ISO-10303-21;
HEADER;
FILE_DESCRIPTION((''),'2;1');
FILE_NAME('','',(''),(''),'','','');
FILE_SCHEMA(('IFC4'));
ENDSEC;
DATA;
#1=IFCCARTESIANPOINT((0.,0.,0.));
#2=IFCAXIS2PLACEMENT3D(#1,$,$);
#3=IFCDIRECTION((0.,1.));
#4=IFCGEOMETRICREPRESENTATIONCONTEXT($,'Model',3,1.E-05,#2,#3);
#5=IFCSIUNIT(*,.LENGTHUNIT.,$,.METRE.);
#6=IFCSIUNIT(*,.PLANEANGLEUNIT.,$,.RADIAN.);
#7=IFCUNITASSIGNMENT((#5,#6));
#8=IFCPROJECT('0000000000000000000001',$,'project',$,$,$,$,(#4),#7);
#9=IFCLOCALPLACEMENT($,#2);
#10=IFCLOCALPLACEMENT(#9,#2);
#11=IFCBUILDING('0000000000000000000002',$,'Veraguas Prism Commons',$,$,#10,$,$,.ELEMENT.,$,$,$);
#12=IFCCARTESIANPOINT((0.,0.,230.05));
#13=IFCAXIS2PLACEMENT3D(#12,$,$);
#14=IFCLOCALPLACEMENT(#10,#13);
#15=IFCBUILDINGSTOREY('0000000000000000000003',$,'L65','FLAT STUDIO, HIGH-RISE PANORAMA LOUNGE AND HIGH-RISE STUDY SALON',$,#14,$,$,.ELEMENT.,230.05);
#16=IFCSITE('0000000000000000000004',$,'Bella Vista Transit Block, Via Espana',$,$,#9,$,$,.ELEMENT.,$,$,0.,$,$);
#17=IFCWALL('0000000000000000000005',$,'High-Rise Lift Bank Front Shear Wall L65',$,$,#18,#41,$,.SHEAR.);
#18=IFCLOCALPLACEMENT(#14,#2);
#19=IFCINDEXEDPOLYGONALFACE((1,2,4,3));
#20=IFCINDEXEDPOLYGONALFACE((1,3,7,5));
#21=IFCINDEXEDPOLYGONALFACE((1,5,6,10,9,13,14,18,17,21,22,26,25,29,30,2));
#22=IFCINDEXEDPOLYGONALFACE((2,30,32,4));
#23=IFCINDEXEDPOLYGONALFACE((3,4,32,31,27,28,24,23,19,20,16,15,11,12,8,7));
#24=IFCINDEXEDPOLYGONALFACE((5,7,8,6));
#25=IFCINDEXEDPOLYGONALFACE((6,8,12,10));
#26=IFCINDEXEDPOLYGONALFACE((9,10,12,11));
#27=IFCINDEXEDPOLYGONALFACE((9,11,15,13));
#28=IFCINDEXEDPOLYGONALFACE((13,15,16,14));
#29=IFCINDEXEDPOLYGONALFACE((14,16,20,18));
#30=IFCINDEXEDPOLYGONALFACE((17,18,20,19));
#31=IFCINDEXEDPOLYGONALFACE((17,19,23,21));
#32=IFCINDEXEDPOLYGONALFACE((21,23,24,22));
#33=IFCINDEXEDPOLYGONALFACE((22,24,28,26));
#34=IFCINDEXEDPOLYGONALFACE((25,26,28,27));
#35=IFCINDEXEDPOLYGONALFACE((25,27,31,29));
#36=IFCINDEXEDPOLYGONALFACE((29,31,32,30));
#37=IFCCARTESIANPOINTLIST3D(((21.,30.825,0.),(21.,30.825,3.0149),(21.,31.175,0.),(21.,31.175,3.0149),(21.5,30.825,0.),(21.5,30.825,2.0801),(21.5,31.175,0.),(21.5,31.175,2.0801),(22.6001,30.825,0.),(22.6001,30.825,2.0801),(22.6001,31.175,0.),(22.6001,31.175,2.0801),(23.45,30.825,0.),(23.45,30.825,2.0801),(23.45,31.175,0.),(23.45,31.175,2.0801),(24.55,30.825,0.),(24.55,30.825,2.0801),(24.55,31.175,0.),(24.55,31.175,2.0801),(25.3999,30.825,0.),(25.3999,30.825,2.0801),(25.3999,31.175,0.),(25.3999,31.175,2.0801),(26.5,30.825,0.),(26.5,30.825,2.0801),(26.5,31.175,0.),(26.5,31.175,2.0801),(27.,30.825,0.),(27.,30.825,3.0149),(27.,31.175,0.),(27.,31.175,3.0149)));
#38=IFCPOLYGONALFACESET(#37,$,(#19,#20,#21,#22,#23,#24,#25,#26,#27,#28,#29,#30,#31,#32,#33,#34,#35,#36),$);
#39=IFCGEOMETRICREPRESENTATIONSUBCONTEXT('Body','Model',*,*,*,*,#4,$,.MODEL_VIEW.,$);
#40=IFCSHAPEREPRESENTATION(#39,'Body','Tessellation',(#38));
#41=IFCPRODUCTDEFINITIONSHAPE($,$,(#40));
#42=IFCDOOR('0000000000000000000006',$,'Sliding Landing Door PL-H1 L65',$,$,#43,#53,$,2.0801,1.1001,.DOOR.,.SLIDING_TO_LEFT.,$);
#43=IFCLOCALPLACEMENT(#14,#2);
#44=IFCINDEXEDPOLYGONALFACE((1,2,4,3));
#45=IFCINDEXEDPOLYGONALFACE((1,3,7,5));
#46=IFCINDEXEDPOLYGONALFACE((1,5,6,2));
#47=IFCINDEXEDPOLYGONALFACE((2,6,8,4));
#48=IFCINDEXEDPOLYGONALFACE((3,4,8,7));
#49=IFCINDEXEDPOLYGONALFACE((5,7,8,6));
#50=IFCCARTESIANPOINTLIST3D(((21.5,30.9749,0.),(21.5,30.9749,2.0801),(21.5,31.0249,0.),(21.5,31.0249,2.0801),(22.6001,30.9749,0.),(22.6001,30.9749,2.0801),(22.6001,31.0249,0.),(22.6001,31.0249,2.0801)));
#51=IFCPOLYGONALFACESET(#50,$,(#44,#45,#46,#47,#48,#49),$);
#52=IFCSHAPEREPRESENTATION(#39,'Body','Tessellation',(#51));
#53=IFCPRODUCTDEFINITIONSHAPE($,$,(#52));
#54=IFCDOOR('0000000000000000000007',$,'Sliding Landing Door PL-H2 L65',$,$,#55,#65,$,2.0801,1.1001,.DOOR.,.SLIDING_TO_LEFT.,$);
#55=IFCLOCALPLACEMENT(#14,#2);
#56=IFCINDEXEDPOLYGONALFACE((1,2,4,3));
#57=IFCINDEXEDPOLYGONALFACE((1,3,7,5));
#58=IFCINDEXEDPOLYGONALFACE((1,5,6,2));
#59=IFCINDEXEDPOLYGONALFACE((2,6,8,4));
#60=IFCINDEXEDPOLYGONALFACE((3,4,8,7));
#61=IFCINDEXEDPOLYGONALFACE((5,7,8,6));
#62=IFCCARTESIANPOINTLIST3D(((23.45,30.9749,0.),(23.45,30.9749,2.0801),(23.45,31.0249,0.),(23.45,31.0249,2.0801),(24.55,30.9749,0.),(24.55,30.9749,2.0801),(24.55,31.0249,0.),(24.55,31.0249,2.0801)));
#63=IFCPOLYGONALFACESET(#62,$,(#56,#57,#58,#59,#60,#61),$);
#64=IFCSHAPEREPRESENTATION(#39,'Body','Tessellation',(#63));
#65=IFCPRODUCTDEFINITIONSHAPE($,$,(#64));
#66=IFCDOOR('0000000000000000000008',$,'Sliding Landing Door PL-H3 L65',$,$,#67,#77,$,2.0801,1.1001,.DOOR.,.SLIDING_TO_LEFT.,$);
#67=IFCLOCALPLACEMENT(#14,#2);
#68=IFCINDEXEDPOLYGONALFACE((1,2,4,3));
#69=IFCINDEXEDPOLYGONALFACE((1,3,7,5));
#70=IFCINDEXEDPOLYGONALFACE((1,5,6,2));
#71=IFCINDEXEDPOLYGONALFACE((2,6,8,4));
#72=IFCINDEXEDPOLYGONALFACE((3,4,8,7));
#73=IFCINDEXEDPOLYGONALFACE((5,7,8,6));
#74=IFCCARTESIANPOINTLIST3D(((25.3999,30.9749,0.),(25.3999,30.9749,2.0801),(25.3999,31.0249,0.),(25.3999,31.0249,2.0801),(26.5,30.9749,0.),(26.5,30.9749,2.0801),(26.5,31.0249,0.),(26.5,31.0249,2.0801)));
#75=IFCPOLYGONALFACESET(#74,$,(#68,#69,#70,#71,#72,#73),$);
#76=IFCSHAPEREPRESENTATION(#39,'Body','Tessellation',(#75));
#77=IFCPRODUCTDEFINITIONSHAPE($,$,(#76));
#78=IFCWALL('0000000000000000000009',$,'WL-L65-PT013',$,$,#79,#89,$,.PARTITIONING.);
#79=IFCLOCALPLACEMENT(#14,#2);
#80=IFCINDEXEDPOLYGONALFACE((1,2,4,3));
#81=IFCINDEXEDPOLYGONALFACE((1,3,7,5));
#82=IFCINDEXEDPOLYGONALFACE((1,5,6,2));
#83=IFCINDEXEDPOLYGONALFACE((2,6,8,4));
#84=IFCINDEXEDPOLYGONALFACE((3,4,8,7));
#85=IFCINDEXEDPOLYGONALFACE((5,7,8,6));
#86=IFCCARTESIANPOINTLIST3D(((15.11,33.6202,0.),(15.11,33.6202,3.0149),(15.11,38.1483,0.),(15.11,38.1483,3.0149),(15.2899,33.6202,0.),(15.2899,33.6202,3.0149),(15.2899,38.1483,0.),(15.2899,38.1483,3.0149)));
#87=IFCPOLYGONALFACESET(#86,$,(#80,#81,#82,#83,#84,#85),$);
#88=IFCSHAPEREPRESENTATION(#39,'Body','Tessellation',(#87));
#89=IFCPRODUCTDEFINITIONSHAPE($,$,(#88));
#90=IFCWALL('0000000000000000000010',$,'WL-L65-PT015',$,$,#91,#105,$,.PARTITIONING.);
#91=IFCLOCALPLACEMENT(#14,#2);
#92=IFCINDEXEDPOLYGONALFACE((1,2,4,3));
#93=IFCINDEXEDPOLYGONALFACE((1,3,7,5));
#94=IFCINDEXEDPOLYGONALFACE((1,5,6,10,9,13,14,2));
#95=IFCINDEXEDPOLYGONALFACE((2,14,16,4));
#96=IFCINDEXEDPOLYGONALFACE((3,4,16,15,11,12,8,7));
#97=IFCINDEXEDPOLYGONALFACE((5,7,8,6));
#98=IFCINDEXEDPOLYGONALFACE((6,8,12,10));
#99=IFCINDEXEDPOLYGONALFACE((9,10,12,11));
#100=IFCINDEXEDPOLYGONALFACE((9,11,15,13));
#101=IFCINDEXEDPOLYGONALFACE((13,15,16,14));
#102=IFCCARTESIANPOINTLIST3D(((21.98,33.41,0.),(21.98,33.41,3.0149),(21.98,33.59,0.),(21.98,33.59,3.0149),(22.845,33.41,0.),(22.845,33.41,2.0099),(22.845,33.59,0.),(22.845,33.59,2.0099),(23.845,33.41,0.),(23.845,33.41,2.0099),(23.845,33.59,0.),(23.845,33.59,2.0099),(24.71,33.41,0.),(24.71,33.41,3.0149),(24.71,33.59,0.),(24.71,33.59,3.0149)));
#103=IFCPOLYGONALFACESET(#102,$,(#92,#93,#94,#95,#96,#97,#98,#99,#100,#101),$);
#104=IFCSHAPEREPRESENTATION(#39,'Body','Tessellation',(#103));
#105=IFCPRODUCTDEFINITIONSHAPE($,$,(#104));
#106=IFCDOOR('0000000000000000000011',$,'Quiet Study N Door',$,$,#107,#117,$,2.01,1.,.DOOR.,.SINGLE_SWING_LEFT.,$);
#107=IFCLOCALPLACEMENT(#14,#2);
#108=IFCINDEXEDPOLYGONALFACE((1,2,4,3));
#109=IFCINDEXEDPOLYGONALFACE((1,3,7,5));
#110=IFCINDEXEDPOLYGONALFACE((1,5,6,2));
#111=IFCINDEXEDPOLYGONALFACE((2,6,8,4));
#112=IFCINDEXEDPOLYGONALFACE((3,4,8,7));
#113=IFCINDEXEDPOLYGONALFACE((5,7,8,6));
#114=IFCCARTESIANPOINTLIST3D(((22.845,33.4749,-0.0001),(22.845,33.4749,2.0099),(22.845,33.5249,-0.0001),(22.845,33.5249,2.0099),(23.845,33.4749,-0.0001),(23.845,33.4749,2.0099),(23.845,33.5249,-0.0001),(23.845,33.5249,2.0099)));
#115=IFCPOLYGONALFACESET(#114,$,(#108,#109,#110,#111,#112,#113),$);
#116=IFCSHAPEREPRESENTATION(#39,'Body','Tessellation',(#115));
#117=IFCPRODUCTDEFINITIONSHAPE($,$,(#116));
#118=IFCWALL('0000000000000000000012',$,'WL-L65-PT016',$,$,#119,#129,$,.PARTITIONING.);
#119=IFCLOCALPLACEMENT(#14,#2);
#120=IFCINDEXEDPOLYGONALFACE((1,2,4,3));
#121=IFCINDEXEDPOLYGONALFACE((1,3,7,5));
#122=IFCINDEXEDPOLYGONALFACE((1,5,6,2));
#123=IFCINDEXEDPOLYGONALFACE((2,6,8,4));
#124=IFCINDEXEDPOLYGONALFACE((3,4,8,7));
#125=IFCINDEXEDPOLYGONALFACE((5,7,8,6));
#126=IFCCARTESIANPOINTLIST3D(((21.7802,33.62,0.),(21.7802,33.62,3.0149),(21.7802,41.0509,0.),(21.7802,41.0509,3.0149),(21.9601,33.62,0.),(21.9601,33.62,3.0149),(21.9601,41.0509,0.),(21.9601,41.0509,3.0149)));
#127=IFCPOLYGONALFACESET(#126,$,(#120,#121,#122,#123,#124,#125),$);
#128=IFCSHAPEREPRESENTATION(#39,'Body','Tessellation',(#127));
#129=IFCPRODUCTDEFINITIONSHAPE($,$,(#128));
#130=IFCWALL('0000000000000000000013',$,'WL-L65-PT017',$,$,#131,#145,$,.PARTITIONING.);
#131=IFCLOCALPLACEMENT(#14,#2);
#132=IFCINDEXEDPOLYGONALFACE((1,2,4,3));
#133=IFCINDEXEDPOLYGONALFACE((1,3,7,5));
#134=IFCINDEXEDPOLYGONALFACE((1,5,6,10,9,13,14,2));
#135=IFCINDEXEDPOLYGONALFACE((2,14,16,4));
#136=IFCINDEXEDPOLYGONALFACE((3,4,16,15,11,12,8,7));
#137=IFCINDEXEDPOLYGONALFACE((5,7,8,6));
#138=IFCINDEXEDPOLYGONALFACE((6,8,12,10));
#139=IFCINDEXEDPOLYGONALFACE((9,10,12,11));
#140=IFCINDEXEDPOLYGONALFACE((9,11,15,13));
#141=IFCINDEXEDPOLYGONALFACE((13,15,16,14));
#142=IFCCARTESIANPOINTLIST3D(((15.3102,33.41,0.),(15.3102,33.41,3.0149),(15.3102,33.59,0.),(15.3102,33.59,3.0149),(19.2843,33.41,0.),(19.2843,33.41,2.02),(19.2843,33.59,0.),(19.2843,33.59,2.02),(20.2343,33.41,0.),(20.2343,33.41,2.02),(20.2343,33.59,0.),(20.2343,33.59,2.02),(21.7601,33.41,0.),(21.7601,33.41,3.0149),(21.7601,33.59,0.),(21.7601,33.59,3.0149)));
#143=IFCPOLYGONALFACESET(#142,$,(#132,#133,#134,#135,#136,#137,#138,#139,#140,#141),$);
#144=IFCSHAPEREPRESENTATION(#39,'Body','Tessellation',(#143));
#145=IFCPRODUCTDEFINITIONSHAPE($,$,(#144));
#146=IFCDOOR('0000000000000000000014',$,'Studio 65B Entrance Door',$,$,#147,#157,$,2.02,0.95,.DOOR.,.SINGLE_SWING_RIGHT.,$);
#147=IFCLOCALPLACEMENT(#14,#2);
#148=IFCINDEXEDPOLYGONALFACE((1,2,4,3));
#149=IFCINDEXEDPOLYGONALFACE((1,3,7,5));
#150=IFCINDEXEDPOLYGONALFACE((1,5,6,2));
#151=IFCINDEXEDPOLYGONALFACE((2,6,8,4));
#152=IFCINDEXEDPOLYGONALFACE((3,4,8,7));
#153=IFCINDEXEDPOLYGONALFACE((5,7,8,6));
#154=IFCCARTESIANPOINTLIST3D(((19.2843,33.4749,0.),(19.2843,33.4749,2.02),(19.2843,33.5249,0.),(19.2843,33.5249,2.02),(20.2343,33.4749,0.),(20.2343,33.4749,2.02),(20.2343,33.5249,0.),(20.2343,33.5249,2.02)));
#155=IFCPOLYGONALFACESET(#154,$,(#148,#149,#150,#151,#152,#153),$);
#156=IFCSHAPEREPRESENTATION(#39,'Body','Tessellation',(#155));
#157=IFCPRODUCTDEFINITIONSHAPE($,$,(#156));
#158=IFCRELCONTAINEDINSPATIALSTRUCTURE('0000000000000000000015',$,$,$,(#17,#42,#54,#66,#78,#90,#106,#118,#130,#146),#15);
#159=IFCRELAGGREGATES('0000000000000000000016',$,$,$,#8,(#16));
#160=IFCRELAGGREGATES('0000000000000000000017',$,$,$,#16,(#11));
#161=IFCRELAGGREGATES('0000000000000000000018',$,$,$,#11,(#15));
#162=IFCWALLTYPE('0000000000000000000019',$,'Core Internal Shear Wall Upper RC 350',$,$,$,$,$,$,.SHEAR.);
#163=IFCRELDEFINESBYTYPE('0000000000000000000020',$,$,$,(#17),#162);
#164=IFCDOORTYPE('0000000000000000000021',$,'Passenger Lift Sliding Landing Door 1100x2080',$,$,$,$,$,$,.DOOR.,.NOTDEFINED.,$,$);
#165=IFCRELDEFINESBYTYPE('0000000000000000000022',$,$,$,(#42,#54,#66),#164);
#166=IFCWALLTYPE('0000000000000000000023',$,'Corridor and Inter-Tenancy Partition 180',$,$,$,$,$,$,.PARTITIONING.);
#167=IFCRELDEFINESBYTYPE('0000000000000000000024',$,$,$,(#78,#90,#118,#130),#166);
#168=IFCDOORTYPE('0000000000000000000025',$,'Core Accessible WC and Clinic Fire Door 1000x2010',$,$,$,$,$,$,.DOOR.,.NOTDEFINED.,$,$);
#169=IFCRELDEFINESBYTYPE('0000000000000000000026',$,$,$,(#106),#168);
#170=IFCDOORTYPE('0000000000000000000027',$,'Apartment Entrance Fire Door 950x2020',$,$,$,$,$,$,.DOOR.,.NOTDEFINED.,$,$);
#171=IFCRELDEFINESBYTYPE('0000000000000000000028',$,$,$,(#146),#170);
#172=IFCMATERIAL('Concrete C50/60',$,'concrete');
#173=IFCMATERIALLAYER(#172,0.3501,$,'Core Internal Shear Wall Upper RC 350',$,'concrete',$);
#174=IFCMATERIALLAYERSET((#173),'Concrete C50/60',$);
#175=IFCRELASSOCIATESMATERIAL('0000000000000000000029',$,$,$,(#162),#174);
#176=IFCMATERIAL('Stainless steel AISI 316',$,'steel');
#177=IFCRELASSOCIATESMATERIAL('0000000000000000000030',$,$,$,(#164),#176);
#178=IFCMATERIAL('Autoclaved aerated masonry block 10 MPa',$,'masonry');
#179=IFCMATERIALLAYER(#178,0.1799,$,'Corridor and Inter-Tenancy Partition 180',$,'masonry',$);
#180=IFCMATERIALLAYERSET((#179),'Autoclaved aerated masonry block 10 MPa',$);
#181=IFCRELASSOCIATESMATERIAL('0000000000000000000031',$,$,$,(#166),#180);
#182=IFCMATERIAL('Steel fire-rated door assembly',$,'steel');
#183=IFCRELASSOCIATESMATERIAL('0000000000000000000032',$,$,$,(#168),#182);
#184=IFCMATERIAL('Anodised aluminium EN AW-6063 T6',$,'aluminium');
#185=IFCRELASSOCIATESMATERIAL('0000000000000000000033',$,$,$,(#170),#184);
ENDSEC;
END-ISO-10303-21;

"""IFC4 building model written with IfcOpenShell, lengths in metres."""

from ifc_helpers import new_model, si_unit, direction, frame, frame_2d, origin, place, context, subcontext, project, spatial, rectangle, extrude, source, transform, mapped, material, layer, layer_set, type_object, element, fill, save


model = new_model("IFC4")

# Units and contexts
model_context = context("Model", 3, precision=1e-05, world=origin(), true_north=direction((0.0, 1.0)))
body_context = subcontext(model_context, "Body", "Model", "MODEL_VIEW")
ifc_project = project(units=[si_unit("LENGTHUNIT", "METRE"), si_unit("PLANEANGLEUNIT", "RADIAN")], contexts=[model_context])

# Site, building, storey
site_placement = place(None, origin())
site = spatial("IfcSite", under=ifc_project, at=site_placement, Name="Bella Vista Transit Block, Via Espana", CompositionType="ELEMENT", RefElevation=0.0)
building_placement = place(site_placement, origin())
building = spatial("IfcBuilding", under=site, at=building_placement, Name="Veraguas Prism Commons", CompositionType="ELEMENT")
storey_placement = place(building_placement, frame((0.0, 0.0, 230.05)))
storey = spatial("IfcBuildingStorey", under=building, at=storey_placement, Name="L65", Description="FLAT STUDIO, HIGH-RISE PANORAMA LOUNGE AND HIGH-RISE STUDY SALON", CompositionType="ELEMENT", Elevation=230.05)

# Shared definitions
ifc_material_1 = material(Name="Concrete C50/60", Category="concrete")

# Shared definitions
ifc_material_2 = material(Name="Anodised aluminium EN AW-6063 T6", Category="aluminium")

# Wall, openings, doors
ifc_layer_1 = layer(ifc_material_1, 0.3501, Name="Core Internal Shear Wall Upper RC 350", Category="concrete")
ifc_layer_set_1 = layer_set([ifc_layer_1], Name="Concrete C50/60")
wall_type_1 = type_object("IfcWallType", Name="Core Internal Shear Wall Upper RC 350", PredefinedType="SHEAR", material=ifc_layer_set_1)
wall_1_placement = place(storey_placement, frame((21.0, 31.0, 0.0), z_axis=(0.0, 0.0, 1.0), x_axis=(1.0, 0.0, 0.0)))
wall_1 = element("IfcWall", 1, at=wall_1_placement, inside=storey, type_object=wall_type_1, Name="High-Rise Lift Bank Front Shear Wall L65", PredefinedType="SHEAR", context=body_context, shape_type="SweptSolid", body=[
    extrude(rectangle(XDim=6.0, YDim=0.3501, at=frame_2d((3.0, 0.0))), origin(), (0.0, 0.0, 1.0), 3.0149),
])
opening_1_placement = place(wall_1_placement, frame((0.5, 0.0, 0.0)))
opening_1 = element("IfcOpeningElement", 2, at=opening_1_placement, cuts=wall_1, PredefinedType="OPENING", context=body_context, shape_type="SweptSolid", body=[
    extrude(rectangle(XDim=1.1001, YDim=2.0801, at=frame_2d((0.55, 1.04))), frame((0.0, 0.1851, 0.0), z_axis=(0.0, -1.0, 0.0), x_axis=(1.0, 0.0, 0.0)), (0.0, 0.0, 1.0), 0.3701),
])
opening_2_placement = place(wall_1_placement, frame((2.45, 0.0, 0.0)))
opening_2 = element("IfcOpeningElement", 3, at=opening_2_placement, cuts=wall_1, PredefinedType="OPENING", context=body_context, shape_type="SweptSolid", body=[
    extrude(rectangle(XDim=1.1001, YDim=2.0801, at=frame_2d((0.55, 1.04))), frame((0.0, 0.1851, 0.0), z_axis=(0.0, -1.0, 0.0), x_axis=(1.0, 0.0, 0.0)), (0.0, 0.0, 1.0), 0.3701),
])
opening_3_placement = place(wall_1_placement, frame((4.3999, 0.0, 0.0)))
opening_3 = element("IfcOpeningElement", 4, at=opening_3_placement, cuts=wall_1, PredefinedType="OPENING", context=body_context, shape_type="SweptSolid", body=[
    extrude(rectangle(XDim=1.1001, YDim=2.0801, at=frame_2d((0.55, 1.04))), frame((0.0, 0.1851, 0.0), z_axis=(0.0, -1.0, 0.0), x_axis=(1.0, 0.0, 0.0)), (0.0, 0.0, 1.0), 0.3701),
])
ifc_material_3 = material(Name="Stainless steel AISI 316", Category="steel")
door_type_1 = type_object("IfcDoorType", Name="Passenger Lift Sliding Landing Door 1100x2080", OperationType="NOTDEFINED", PredefinedType="DOOR", material=ifc_material_3)
shared_shape_1 = source(origin(), body_context, "Body", "SweptSolid", [
    extrude(rectangle(XDim=1.1001, YDim=2.0801, at=frame_2d((0.55, 1.04))), frame((0.0, 0.0249, 0.0), z_axis=(0.0, -1.0, 0.0), x_axis=(1.0, 0.0, 0.0)), (0.0, 0.0, 1.0), 0.05),
])
door_1_placement = place(opening_1_placement, origin())
door_1 = element("IfcDoor", 5, at=door_1_placement, inside=storey, type_object=door_type_1, Name="Sliding Landing Door PL-H1 L65", OperationType="SLIDING_TO_LEFT", OverallHeight=2.0801, OverallWidth=1.1001, PredefinedType="DOOR", context=body_context, shape_type="MappedRepresentation", body=[
    mapped(shared_shape_1, transform((0.0, 0.0, 0.0), scale=1.0)),
])
fill(opening_1, door_1)
door_2_placement = place(opening_2_placement, origin())
door_2 = element("IfcDoor", 6, at=door_2_placement, inside=storey, type_object=door_type_1, Name="Sliding Landing Door PL-H2 L65", OperationType="SLIDING_TO_LEFT", OverallHeight=2.0801, OverallWidth=1.1001, PredefinedType="DOOR", context=body_context, shape_type="MappedRepresentation", body=[
    mapped(shared_shape_1, transform((0.0, 0.0, 0.0), scale=1.0)),
])
fill(opening_2, door_2)
door_3_placement = place(opening_3_placement, origin())
door_3 = element("IfcDoor", 7, at=door_3_placement, inside=storey, type_object=door_type_1, Name="Sliding Landing Door PL-H3 L65", OperationType="SLIDING_TO_LEFT", OverallHeight=2.0801, OverallWidth=1.1001, PredefinedType="DOOR", context=body_context, shape_type="MappedRepresentation", body=[
    mapped(shared_shape_1, transform((0.0, 0.0, 0.0), scale=1.0)),
])
fill(opening_3, door_3)

# Wall
ifc_material_4 = material(Name="Autoclaved aerated masonry block 10 MPa", Category="masonry")
ifc_layer_2 = layer(ifc_material_4, 0.1799, Name="Corridor and Inter-Tenancy Partition 180", Category="masonry")
ifc_layer_set_2 = layer_set([ifc_layer_2], Name="Autoclaved aerated masonry block 10 MPa")
wall_type_2 = type_object("IfcWallType", Name="Corridor and Inter-Tenancy Partition 180", PredefinedType="PARTITIONING", material=ifc_layer_set_2)
wall_2_placement = place(storey_placement, frame((15.2, 33.6201, 0.0), z_axis=(0.0, 0.0, 1.0), x_axis=(0.0, 1.0, 0.0)))
element("IfcWall", 8, at=wall_2_placement, inside=storey, type_object=wall_type_2, Name="WL-L65-PT013", PredefinedType="PARTITIONING", context=body_context, shape_type="SweptSolid", body=[
    extrude(rectangle(XDim=4.5281, YDim=0.1799, at=frame_2d((2.2642, 0.0))), origin(), (0.0, 0.0, 1.0), 3.0149),
])

# Wall, opening, door
wall_3_placement = place(storey_placement, frame((21.98, 33.5, 0.0), z_axis=(0.0, 0.0, 1.0), x_axis=(1.0, 0.0, 0.0)))
wall_3 = element("IfcWall", 9, at=wall_3_placement, inside=storey, type_object=wall_type_2, Name="WL-L65-PT015", PredefinedType="PARTITIONING", context=body_context, shape_type="SweptSolid", body=[
    extrude(rectangle(XDim=2.73, YDim=0.1799, at=frame_2d((1.365, 0.0))), origin(), (0.0, 0.0, 1.0), 3.0149),
])
opening_4_placement = place(wall_3_placement, frame((0.865, 0.0, 0.0)))
opening_4 = element("IfcOpeningElement", 10, at=opening_4_placement, cuts=wall_3, PredefinedType="OPENING", context=body_context, shape_type="SweptSolid", body=[
    extrude(rectangle(XDim=1.0, YDim=2.01, at=frame_2d((0.5, 1.0049))), frame((0.0, 0.0999, 0.0), z_axis=(0.0, -1.0, 0.0), x_axis=(1.0, 0.0, 0.0)), (0.0, 0.0, 1.0), 0.2),
])
ifc_material_5 = material(Name="Steel fire-rated door assembly", Category="steel")
door_type_2 = type_object("IfcDoorType", Name="Core Accessible WC and Clinic Fire Door 1000x2010", OperationType="NOTDEFINED", PredefinedType="DOOR", material=ifc_material_5)
shared_shape_2 = source(origin(), body_context, "Body", "SweptSolid", [
    extrude(rectangle(XDim=1.0, YDim=2.01, at=frame_2d((0.5, 1.0049))), frame((0.0, 0.0249, 0.0), z_axis=(0.0, -1.0, 0.0), x_axis=(1.0, 0.0, 0.0)), (0.0, 0.0, 1.0), 0.05),
])
door_4_placement = place(opening_4_placement, origin())
door_4 = element("IfcDoor", 11, at=door_4_placement, inside=storey, type_object=door_type_2, Name="Quiet Study N Door", OperationType="SINGLE_SWING_LEFT", OverallHeight=2.01, OverallWidth=1.0, PredefinedType="DOOR", context=body_context, shape_type="MappedRepresentation", body=[
    mapped(shared_shape_2, transform((0.0, 0.0, 0.0), scale=1.0)),
])
fill(opening_4, door_4)

# Wall
wall_4_placement = place(storey_placement, frame((21.8701, 33.6201, 0.0), z_axis=(0.0, 0.0, 1.0), x_axis=(0.0, 1.0, 0.0)))
element("IfcWall", 12, at=wall_4_placement, inside=storey, type_object=wall_type_2, Name="WL-L65-PT016", PredefinedType="PARTITIONING", context=body_context, shape_type="SweptSolid", body=[
    extrude(rectangle(XDim=7.4309, YDim=0.1799, at=frame_2d((3.7153, 0.0))), origin(), (0.0, 0.0, 1.0), 3.0149),
])

# Wall, opening, door
wall_5_placement = place(storey_placement, frame((15.3101, 33.5, 0.0), z_axis=(0.0, 0.0, 1.0), x_axis=(1.0, 0.0, 0.0)))
wall_5 = element("IfcWall", 13, at=wall_5_placement, inside=storey, type_object=wall_type_2, Name="WL-L65-PT017", PredefinedType="PARTITIONING", context=body_context, shape_type="SweptSolid", body=[
    extrude(rectangle(XDim=6.45, YDim=0.1799, at=frame_2d((3.2251, 0.0))), origin(), (0.0, 0.0, 1.0), 3.0149),
])
opening_5_placement = place(wall_5_placement, frame((3.9741, 0.0, 0.0)))
opening_5 = element("IfcOpeningElement", 14, at=opening_5_placement, cuts=wall_5, PredefinedType="OPENING", context=body_context, shape_type="SweptSolid", body=[
    extrude(rectangle(XDim=0.95, YDim=2.02, at=frame_2d((0.4751, 1.01))), frame((0.0, 0.0999, 0.0), z_axis=(0.0, -1.0, 0.0), x_axis=(1.0, 0.0, 0.0)), (0.0, 0.0, 1.0), 0.2),
])
door_type_3 = type_object("IfcDoorType", Name="Apartment Entrance Fire Door 950x2020", OperationType="NOTDEFINED", PredefinedType="DOOR", material=ifc_material_2)
shared_shape_3 = source(origin(), body_context, "Body", "SweptSolid", [
    extrude(rectangle(XDim=0.95, YDim=2.02, at=frame_2d((0.4751, 1.01))), frame((0.0, 0.0249, 0.0), z_axis=(0.0, -1.0, 0.0), x_axis=(1.0, 0.0, 0.0)), (0.0, 0.0, 1.0), 0.05),
])
door_5_placement = place(opening_5_placement, origin())
door_5 = element("IfcDoor", 15, at=door_5_placement, inside=storey, type_object=door_type_3, Name="Studio 65B Entrance Door", OperationType="SINGLE_SWING_RIGHT", OverallHeight=2.02, OverallWidth=0.95, PredefinedType="DOOR", context=body_context, shape_type="MappedRepresentation", body=[
    mapped(shared_shape_3, transform((0.0, 0.0, 0.0), scale=1.0)),
])
fill(opening_5, door_5)

save(model, "model.ifc")
